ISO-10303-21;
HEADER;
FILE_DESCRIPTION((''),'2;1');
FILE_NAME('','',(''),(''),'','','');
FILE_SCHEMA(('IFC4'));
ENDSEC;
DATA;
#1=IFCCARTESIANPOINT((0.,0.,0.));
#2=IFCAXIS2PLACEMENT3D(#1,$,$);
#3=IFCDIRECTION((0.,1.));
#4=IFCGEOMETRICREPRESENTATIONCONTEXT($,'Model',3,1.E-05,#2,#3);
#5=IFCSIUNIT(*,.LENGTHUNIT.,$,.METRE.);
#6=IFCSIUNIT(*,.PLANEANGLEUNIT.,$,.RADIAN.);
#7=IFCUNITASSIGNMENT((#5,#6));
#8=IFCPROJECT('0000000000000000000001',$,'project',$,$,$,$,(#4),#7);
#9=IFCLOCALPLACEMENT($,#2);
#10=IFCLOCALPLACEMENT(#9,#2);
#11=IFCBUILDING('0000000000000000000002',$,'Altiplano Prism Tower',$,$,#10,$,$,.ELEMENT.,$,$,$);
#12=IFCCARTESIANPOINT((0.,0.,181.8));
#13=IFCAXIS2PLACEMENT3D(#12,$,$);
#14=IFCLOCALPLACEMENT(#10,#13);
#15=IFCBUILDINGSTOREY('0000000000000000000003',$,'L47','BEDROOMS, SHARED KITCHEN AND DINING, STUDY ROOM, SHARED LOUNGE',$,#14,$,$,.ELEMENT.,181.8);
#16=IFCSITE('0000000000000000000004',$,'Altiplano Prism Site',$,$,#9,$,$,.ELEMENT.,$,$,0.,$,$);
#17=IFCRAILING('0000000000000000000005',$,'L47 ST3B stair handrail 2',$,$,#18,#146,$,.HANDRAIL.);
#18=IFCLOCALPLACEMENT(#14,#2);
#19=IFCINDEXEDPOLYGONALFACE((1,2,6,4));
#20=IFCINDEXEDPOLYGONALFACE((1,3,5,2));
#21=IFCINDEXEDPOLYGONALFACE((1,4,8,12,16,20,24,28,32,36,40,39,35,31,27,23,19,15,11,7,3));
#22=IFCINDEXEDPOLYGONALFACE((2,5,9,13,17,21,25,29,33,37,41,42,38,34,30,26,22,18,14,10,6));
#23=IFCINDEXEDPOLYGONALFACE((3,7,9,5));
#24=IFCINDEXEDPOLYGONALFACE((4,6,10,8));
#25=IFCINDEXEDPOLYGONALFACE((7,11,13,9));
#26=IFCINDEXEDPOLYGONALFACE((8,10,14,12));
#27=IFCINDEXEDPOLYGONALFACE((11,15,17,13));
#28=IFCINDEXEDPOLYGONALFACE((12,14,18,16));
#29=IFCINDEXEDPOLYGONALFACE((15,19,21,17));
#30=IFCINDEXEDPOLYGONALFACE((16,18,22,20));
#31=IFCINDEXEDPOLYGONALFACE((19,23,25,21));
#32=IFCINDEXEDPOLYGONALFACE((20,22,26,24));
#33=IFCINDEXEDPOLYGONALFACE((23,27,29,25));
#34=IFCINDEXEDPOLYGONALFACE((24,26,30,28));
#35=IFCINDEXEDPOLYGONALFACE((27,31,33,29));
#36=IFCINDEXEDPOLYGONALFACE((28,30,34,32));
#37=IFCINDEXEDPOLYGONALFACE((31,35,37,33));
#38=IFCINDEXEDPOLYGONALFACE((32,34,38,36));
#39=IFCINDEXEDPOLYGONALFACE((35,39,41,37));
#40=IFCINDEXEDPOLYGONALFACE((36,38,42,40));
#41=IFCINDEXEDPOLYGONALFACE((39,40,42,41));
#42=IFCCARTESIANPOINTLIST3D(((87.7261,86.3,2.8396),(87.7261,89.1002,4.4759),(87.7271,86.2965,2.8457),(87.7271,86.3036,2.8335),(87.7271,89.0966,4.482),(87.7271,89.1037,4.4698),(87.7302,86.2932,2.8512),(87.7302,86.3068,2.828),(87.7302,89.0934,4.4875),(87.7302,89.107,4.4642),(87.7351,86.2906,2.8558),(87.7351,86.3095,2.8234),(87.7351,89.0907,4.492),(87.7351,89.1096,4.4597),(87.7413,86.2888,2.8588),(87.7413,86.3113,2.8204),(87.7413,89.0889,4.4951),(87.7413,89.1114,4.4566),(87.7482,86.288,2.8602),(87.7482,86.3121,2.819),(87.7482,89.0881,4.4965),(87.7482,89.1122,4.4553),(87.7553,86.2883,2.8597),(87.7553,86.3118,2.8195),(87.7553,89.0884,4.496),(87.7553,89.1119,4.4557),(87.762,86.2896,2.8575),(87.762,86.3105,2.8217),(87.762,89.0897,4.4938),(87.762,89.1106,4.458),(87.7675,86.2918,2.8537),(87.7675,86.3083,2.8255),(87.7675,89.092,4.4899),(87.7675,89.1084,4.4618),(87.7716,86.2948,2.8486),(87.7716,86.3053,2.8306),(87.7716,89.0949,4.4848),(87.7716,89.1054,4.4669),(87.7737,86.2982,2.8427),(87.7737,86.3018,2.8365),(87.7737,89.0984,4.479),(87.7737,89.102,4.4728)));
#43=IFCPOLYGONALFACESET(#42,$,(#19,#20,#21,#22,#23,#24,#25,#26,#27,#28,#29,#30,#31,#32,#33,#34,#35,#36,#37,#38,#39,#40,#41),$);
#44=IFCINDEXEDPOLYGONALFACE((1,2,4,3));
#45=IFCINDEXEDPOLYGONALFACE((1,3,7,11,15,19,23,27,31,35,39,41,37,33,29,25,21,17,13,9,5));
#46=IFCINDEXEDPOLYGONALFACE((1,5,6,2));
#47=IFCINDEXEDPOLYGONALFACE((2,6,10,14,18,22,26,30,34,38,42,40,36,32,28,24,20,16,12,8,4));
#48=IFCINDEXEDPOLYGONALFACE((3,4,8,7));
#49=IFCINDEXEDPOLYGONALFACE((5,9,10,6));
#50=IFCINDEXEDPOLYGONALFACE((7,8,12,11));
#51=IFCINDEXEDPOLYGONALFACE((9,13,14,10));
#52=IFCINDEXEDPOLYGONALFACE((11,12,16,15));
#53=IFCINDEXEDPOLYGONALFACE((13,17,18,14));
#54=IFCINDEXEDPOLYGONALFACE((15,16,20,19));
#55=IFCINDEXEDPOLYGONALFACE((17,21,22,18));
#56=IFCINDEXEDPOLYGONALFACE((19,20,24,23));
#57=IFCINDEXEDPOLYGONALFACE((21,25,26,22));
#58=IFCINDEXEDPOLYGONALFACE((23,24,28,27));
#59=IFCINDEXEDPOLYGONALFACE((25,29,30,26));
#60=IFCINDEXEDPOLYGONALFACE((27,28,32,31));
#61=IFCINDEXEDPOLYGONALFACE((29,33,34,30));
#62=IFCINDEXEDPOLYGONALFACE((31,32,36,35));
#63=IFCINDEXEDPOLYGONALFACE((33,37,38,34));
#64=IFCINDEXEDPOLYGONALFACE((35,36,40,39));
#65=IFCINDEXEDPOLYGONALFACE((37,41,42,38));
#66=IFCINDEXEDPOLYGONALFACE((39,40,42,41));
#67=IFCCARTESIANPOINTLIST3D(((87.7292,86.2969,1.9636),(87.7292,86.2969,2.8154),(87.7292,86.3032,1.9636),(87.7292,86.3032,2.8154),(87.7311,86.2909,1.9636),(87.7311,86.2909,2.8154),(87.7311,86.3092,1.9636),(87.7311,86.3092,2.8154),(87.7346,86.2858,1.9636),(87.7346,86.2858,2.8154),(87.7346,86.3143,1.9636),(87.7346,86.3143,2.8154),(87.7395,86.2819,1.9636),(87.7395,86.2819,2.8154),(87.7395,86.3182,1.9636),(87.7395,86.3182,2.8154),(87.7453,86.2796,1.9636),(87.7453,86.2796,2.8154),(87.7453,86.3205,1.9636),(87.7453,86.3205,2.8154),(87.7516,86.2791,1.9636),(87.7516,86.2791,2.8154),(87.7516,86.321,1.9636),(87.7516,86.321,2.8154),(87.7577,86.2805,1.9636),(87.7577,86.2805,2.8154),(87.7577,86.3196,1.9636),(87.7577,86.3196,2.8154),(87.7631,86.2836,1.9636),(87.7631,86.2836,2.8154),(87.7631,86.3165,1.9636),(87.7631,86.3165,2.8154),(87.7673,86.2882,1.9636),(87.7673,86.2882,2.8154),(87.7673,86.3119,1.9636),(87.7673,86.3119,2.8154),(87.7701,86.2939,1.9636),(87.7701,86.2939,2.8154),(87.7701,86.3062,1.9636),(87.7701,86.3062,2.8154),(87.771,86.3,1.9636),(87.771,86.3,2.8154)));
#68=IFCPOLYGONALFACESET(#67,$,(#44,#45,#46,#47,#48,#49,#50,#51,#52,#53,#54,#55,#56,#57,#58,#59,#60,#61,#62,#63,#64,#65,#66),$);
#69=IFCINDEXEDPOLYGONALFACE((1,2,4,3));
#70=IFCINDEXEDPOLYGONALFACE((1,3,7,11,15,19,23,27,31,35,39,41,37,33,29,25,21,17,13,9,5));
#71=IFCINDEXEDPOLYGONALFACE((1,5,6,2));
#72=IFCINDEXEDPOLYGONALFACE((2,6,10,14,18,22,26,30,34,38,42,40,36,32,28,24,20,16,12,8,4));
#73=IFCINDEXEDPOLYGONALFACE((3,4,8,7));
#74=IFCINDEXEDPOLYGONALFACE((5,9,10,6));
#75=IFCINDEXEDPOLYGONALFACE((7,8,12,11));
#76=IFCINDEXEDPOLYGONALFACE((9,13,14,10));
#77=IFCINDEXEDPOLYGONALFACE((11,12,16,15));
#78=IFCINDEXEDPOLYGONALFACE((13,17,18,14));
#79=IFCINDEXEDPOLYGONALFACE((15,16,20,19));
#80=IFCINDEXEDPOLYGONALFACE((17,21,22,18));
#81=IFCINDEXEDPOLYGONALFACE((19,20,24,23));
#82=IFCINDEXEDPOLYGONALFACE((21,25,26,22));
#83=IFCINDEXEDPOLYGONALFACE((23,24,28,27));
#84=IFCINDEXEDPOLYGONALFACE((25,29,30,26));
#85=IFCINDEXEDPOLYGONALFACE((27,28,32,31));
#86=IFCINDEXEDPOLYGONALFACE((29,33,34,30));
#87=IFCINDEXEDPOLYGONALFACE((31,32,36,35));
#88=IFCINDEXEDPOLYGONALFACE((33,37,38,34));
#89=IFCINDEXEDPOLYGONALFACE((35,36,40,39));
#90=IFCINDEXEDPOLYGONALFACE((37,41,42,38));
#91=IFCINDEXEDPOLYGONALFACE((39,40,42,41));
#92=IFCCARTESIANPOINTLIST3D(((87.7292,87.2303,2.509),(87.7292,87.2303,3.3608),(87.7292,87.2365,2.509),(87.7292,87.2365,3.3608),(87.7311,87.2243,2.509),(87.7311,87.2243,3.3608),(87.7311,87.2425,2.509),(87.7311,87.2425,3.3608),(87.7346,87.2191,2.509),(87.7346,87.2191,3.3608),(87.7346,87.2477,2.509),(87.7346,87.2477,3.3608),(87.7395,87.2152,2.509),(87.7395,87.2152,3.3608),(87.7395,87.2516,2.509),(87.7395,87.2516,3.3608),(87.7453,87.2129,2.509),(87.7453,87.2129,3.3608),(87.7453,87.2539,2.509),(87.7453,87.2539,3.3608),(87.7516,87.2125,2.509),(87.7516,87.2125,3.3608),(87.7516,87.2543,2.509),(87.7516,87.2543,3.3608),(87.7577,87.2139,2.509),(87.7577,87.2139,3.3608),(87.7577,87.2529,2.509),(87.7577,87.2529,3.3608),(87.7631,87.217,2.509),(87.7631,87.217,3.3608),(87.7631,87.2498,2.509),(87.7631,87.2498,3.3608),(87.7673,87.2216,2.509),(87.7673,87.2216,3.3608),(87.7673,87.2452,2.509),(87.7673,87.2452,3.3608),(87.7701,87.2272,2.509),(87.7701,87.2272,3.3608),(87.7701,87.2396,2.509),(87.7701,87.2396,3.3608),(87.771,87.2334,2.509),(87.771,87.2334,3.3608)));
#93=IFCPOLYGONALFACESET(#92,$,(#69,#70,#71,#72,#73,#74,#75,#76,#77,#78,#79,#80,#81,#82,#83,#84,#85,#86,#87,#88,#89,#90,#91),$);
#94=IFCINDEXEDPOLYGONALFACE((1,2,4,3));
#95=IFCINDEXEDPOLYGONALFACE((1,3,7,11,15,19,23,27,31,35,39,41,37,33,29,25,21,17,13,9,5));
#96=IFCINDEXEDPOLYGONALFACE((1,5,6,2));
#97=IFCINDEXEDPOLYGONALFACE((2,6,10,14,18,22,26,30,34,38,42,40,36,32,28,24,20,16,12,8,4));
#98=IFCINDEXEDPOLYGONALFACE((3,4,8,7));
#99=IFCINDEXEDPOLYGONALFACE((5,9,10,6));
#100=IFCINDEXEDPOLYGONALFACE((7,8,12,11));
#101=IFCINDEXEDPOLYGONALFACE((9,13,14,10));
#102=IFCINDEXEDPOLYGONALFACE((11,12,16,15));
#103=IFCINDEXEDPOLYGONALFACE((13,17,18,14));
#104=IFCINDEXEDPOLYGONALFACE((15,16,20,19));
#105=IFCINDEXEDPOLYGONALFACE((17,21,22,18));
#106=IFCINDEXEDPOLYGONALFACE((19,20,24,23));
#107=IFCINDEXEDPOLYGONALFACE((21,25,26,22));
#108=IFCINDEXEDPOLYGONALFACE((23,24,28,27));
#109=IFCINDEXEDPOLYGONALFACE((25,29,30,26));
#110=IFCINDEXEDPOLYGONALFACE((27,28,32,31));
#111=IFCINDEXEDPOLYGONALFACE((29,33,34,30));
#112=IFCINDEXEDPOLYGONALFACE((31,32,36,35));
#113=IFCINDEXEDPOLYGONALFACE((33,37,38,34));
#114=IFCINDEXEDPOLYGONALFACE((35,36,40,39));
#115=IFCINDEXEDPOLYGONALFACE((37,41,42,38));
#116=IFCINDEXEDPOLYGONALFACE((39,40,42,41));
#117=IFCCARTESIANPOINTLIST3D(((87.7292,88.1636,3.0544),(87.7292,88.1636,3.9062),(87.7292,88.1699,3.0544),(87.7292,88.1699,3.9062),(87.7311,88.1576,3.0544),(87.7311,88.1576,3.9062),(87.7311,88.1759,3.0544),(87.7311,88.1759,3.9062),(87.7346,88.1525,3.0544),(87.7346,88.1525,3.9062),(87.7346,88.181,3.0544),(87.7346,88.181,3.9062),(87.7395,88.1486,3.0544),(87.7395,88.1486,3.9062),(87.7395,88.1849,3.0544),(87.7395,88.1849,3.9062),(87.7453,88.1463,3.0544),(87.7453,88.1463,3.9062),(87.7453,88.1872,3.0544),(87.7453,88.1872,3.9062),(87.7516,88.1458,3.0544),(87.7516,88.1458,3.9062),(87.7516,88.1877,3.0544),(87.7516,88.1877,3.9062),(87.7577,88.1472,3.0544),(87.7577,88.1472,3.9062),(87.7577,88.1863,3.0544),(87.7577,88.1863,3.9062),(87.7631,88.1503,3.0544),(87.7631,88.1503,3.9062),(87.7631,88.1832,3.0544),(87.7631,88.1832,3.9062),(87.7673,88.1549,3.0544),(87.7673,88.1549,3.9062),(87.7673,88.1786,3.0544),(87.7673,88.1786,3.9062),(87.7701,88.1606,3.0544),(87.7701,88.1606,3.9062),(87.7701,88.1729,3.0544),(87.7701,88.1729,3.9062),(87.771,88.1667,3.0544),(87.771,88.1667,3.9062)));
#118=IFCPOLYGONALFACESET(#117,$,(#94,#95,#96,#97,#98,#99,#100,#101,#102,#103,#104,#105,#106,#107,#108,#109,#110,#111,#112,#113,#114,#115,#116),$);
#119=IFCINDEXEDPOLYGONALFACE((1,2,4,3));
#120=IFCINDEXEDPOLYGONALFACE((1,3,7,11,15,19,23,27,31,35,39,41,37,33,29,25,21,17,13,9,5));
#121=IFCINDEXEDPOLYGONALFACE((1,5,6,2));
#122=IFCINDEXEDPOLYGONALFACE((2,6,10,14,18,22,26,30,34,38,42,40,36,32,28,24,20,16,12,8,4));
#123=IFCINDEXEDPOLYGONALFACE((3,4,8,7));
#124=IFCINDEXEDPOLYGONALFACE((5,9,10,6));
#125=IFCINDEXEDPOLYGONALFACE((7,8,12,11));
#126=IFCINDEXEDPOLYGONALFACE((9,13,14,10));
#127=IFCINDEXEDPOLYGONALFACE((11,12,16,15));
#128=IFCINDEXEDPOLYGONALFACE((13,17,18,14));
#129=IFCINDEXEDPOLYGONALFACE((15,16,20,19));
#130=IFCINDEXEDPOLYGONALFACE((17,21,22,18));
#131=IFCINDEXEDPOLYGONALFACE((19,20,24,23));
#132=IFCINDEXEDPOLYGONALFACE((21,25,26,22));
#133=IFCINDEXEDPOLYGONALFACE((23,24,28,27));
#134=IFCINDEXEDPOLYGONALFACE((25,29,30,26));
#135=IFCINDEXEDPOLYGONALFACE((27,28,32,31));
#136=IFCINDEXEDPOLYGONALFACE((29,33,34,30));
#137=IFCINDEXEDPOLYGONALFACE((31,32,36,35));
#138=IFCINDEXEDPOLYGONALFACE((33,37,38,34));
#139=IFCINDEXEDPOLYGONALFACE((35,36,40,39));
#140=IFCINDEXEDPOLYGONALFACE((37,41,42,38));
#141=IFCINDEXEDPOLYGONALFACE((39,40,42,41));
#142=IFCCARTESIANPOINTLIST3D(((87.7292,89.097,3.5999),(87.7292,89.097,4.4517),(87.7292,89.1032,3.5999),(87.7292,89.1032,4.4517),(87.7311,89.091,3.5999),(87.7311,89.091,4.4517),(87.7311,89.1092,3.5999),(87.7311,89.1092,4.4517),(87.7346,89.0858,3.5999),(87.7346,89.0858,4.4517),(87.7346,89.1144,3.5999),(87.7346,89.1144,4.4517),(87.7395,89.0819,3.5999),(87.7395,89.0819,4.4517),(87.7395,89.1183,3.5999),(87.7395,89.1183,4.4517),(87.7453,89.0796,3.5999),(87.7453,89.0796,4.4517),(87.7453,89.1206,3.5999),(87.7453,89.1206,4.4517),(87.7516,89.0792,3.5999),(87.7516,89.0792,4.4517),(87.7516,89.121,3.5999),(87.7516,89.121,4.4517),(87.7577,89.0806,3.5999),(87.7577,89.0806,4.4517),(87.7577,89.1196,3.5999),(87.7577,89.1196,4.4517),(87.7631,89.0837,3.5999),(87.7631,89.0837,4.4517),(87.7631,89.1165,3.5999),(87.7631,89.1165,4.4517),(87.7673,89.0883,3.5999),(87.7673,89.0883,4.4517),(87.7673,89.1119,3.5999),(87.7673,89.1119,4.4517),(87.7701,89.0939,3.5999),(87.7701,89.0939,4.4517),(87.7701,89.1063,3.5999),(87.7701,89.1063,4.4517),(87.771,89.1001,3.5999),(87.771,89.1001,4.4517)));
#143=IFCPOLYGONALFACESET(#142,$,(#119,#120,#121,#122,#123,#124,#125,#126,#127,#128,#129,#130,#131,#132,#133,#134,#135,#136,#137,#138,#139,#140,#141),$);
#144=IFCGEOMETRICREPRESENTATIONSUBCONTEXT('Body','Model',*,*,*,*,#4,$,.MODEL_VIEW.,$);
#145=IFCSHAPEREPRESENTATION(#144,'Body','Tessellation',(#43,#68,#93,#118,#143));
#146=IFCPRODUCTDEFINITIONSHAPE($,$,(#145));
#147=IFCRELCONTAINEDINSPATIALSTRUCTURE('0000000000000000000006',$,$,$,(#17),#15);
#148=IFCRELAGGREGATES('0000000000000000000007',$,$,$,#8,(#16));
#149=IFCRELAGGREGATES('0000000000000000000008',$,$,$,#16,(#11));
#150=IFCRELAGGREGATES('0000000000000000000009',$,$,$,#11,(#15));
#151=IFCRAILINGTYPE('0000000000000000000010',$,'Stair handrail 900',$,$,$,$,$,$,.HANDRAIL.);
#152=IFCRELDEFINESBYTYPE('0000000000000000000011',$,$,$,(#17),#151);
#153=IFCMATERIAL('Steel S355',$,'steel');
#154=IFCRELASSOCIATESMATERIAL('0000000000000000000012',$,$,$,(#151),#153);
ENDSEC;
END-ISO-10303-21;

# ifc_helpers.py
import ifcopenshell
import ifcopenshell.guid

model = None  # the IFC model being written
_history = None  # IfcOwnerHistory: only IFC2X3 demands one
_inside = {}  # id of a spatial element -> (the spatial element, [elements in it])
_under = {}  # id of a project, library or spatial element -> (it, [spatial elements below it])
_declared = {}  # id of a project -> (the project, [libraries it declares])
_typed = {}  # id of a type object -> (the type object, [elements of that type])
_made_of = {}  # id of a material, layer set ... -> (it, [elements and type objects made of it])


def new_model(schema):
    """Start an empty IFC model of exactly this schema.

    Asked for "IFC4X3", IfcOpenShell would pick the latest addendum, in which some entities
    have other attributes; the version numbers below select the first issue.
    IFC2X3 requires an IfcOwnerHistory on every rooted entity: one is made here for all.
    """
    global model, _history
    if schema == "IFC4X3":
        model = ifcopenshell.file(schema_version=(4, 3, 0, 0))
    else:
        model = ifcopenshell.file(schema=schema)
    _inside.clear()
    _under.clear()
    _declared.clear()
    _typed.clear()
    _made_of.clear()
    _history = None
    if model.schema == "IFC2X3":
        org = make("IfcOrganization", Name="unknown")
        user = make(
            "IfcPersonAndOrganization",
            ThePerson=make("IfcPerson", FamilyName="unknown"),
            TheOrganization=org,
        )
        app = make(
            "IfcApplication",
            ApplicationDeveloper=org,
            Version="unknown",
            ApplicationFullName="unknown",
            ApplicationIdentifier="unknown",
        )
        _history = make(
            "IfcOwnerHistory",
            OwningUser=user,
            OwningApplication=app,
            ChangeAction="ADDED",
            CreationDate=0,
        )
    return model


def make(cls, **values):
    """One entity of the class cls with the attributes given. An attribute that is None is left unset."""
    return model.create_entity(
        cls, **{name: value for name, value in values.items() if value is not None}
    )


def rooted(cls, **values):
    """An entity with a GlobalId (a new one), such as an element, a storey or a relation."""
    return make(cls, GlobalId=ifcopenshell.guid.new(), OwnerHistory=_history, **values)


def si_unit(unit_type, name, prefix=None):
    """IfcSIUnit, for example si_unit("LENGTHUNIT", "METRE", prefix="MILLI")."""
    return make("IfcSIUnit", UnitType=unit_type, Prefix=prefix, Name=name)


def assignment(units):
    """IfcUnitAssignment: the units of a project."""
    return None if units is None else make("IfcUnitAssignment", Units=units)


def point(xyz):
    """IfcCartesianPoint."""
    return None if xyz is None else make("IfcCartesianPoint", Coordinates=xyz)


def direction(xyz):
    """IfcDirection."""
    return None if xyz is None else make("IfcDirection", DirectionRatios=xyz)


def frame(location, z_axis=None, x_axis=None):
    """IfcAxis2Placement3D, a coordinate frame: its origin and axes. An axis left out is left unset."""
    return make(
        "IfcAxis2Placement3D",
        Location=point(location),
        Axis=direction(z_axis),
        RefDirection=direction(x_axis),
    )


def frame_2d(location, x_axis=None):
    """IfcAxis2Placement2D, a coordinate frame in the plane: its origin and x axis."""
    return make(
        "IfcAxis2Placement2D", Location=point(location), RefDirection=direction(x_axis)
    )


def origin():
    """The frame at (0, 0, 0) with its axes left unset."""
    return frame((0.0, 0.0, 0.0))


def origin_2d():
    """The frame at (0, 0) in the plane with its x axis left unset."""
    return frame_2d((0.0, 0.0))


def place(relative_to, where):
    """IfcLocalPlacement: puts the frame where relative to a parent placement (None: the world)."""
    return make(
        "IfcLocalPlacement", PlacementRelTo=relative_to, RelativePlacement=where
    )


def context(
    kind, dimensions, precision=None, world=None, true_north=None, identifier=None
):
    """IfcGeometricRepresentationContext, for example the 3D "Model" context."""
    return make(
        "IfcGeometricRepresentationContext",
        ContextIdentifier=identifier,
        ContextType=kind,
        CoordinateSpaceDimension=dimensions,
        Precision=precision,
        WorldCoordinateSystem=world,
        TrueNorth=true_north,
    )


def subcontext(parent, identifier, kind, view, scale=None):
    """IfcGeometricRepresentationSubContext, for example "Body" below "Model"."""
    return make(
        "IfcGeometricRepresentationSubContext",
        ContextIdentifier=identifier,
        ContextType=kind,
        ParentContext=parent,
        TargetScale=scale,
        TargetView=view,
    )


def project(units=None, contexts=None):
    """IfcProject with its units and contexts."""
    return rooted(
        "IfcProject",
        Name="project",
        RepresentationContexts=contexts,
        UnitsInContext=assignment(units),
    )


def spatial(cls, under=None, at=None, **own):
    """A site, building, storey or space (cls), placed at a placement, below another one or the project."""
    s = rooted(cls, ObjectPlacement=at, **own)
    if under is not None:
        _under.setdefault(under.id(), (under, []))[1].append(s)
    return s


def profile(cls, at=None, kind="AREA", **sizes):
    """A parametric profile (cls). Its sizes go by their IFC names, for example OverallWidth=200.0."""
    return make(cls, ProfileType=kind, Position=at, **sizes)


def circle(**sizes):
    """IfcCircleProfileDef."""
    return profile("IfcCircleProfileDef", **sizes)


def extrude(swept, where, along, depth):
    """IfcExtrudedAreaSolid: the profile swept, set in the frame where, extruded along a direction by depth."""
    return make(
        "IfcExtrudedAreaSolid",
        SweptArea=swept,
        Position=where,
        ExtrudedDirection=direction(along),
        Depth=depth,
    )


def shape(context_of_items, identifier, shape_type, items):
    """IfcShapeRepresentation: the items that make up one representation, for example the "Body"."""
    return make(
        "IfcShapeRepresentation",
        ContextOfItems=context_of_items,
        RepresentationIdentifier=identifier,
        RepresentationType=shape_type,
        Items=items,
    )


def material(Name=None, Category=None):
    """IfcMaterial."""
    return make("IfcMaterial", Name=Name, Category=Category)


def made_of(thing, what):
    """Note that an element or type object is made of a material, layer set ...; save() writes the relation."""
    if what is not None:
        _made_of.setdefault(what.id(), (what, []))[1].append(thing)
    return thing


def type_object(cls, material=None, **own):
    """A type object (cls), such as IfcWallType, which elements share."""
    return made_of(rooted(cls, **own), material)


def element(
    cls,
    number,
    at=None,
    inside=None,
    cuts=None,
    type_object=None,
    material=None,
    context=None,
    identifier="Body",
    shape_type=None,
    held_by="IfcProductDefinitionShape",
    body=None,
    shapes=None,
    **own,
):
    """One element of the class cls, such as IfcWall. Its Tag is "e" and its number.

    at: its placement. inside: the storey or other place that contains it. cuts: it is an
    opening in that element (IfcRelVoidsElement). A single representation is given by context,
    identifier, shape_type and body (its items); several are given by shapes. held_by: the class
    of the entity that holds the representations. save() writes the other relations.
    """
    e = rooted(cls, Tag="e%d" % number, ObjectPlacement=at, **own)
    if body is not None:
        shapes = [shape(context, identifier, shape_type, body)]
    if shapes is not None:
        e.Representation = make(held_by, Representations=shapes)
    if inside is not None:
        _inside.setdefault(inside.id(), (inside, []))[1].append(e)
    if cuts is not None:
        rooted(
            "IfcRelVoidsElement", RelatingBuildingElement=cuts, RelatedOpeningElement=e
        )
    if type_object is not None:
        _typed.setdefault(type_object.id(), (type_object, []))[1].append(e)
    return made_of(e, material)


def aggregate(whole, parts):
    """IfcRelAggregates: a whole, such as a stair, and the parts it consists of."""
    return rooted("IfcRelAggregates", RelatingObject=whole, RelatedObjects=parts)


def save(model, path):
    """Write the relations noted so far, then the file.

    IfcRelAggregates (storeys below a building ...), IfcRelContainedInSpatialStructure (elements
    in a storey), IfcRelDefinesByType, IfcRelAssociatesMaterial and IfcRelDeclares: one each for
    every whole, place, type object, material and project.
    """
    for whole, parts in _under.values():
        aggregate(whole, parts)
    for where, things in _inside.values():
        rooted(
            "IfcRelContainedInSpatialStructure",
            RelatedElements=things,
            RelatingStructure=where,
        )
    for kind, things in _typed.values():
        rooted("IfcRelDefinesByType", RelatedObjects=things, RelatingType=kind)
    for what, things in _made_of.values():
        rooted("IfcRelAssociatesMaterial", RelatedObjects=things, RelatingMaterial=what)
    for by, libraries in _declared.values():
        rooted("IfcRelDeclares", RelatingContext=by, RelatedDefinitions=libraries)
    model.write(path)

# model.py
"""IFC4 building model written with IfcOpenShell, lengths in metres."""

from ifc_helpers import new_model, si_unit, direction, frame, origin, origin_2d, place, context, subcontext, project, spatial, circle, extrude, material, type_object, element, save


model = new_model("IFC4")

# Units and contexts
model_context = context("Model", 3, precision=1e-05, world=origin(), true_north=direction((0.0, 1.0)))
body_context = subcontext(model_context, "Body", "Model", "MODEL_VIEW")
ifc_project = project(units=[si_unit("LENGTHUNIT", "METRE"), si_unit("PLANEANGLEUNIT", "RADIAN")], contexts=[model_context])

# Site, building, storey
site_placement = place(None, origin())
site = spatial("IfcSite", under=ifc_project, at=site_placement, Name="Altiplano Prism Site", CompositionType="ELEMENT", RefElevation=0.0)
building_placement = place(site_placement, origin())
building = spatial("IfcBuilding", under=site, at=building_placement, Name="Altiplano Prism Tower", CompositionType="ELEMENT")
storey_placement = place(building_placement, frame((0.0, 0.0, 181.8)))
storey = spatial("IfcBuildingStorey", under=building, at=storey_placement, Name="L47", Description="BEDROOMS, SHARED KITCHEN AND DINING, STUDY ROOM, SHARED LOUNGE", CompositionType="ELEMENT", Elevation=181.8)

# Railing
ifc_material_1 = material(Name="Steel S355", Category="steel")
railing_type = type_object("IfcRailingType", Name="Stair handrail 900", PredefinedType="HANDRAIL", material=ifc_material_1)
for number, where, name in (
    (1, (87.75, 86.3, 1.9636), "L47 ST3B stair handrail 2"),
):
    element("IfcRailing", number, at=place(storey_placement, frame(where)), inside=storey, type_object=railing_type, Name=name, PredefinedType="HANDRAIL", context=body_context, shape_type="SweptSolid", body=[
        extrude(circle(Radius=0.0239, at=origin_2d()), frame((0.0, 0.0, 0.876), z_axis=(0.0, 0.863394, 0.504531), x_axis=(-1.0, 0.0, 0.0)), (0.0, 0.0, 1.0), 3.2432),
        extrude(circle(Radius=0.021, at=origin_2d()), origin(), (0.0, 0.0, 1.0), 0.8518),
        extrude(circle(Radius=0.021, at=origin_2d()), frame((0.0, 0.9333, 0.5454)), (0.0, 0.0, 1.0), 0.8518),
        extrude(circle(Radius=0.021, at=origin_2d()), frame((0.0, 1.8667, 1.0908)), (0.0, 0.0, 1.0), 0.8518),
        extrude(circle(Radius=0.021, at=origin_2d()), frame((0.0, 2.8, 1.6362)), (0.0, 0.0, 1.0), 0.8518),
    ])

save(model, "model.ifc")
